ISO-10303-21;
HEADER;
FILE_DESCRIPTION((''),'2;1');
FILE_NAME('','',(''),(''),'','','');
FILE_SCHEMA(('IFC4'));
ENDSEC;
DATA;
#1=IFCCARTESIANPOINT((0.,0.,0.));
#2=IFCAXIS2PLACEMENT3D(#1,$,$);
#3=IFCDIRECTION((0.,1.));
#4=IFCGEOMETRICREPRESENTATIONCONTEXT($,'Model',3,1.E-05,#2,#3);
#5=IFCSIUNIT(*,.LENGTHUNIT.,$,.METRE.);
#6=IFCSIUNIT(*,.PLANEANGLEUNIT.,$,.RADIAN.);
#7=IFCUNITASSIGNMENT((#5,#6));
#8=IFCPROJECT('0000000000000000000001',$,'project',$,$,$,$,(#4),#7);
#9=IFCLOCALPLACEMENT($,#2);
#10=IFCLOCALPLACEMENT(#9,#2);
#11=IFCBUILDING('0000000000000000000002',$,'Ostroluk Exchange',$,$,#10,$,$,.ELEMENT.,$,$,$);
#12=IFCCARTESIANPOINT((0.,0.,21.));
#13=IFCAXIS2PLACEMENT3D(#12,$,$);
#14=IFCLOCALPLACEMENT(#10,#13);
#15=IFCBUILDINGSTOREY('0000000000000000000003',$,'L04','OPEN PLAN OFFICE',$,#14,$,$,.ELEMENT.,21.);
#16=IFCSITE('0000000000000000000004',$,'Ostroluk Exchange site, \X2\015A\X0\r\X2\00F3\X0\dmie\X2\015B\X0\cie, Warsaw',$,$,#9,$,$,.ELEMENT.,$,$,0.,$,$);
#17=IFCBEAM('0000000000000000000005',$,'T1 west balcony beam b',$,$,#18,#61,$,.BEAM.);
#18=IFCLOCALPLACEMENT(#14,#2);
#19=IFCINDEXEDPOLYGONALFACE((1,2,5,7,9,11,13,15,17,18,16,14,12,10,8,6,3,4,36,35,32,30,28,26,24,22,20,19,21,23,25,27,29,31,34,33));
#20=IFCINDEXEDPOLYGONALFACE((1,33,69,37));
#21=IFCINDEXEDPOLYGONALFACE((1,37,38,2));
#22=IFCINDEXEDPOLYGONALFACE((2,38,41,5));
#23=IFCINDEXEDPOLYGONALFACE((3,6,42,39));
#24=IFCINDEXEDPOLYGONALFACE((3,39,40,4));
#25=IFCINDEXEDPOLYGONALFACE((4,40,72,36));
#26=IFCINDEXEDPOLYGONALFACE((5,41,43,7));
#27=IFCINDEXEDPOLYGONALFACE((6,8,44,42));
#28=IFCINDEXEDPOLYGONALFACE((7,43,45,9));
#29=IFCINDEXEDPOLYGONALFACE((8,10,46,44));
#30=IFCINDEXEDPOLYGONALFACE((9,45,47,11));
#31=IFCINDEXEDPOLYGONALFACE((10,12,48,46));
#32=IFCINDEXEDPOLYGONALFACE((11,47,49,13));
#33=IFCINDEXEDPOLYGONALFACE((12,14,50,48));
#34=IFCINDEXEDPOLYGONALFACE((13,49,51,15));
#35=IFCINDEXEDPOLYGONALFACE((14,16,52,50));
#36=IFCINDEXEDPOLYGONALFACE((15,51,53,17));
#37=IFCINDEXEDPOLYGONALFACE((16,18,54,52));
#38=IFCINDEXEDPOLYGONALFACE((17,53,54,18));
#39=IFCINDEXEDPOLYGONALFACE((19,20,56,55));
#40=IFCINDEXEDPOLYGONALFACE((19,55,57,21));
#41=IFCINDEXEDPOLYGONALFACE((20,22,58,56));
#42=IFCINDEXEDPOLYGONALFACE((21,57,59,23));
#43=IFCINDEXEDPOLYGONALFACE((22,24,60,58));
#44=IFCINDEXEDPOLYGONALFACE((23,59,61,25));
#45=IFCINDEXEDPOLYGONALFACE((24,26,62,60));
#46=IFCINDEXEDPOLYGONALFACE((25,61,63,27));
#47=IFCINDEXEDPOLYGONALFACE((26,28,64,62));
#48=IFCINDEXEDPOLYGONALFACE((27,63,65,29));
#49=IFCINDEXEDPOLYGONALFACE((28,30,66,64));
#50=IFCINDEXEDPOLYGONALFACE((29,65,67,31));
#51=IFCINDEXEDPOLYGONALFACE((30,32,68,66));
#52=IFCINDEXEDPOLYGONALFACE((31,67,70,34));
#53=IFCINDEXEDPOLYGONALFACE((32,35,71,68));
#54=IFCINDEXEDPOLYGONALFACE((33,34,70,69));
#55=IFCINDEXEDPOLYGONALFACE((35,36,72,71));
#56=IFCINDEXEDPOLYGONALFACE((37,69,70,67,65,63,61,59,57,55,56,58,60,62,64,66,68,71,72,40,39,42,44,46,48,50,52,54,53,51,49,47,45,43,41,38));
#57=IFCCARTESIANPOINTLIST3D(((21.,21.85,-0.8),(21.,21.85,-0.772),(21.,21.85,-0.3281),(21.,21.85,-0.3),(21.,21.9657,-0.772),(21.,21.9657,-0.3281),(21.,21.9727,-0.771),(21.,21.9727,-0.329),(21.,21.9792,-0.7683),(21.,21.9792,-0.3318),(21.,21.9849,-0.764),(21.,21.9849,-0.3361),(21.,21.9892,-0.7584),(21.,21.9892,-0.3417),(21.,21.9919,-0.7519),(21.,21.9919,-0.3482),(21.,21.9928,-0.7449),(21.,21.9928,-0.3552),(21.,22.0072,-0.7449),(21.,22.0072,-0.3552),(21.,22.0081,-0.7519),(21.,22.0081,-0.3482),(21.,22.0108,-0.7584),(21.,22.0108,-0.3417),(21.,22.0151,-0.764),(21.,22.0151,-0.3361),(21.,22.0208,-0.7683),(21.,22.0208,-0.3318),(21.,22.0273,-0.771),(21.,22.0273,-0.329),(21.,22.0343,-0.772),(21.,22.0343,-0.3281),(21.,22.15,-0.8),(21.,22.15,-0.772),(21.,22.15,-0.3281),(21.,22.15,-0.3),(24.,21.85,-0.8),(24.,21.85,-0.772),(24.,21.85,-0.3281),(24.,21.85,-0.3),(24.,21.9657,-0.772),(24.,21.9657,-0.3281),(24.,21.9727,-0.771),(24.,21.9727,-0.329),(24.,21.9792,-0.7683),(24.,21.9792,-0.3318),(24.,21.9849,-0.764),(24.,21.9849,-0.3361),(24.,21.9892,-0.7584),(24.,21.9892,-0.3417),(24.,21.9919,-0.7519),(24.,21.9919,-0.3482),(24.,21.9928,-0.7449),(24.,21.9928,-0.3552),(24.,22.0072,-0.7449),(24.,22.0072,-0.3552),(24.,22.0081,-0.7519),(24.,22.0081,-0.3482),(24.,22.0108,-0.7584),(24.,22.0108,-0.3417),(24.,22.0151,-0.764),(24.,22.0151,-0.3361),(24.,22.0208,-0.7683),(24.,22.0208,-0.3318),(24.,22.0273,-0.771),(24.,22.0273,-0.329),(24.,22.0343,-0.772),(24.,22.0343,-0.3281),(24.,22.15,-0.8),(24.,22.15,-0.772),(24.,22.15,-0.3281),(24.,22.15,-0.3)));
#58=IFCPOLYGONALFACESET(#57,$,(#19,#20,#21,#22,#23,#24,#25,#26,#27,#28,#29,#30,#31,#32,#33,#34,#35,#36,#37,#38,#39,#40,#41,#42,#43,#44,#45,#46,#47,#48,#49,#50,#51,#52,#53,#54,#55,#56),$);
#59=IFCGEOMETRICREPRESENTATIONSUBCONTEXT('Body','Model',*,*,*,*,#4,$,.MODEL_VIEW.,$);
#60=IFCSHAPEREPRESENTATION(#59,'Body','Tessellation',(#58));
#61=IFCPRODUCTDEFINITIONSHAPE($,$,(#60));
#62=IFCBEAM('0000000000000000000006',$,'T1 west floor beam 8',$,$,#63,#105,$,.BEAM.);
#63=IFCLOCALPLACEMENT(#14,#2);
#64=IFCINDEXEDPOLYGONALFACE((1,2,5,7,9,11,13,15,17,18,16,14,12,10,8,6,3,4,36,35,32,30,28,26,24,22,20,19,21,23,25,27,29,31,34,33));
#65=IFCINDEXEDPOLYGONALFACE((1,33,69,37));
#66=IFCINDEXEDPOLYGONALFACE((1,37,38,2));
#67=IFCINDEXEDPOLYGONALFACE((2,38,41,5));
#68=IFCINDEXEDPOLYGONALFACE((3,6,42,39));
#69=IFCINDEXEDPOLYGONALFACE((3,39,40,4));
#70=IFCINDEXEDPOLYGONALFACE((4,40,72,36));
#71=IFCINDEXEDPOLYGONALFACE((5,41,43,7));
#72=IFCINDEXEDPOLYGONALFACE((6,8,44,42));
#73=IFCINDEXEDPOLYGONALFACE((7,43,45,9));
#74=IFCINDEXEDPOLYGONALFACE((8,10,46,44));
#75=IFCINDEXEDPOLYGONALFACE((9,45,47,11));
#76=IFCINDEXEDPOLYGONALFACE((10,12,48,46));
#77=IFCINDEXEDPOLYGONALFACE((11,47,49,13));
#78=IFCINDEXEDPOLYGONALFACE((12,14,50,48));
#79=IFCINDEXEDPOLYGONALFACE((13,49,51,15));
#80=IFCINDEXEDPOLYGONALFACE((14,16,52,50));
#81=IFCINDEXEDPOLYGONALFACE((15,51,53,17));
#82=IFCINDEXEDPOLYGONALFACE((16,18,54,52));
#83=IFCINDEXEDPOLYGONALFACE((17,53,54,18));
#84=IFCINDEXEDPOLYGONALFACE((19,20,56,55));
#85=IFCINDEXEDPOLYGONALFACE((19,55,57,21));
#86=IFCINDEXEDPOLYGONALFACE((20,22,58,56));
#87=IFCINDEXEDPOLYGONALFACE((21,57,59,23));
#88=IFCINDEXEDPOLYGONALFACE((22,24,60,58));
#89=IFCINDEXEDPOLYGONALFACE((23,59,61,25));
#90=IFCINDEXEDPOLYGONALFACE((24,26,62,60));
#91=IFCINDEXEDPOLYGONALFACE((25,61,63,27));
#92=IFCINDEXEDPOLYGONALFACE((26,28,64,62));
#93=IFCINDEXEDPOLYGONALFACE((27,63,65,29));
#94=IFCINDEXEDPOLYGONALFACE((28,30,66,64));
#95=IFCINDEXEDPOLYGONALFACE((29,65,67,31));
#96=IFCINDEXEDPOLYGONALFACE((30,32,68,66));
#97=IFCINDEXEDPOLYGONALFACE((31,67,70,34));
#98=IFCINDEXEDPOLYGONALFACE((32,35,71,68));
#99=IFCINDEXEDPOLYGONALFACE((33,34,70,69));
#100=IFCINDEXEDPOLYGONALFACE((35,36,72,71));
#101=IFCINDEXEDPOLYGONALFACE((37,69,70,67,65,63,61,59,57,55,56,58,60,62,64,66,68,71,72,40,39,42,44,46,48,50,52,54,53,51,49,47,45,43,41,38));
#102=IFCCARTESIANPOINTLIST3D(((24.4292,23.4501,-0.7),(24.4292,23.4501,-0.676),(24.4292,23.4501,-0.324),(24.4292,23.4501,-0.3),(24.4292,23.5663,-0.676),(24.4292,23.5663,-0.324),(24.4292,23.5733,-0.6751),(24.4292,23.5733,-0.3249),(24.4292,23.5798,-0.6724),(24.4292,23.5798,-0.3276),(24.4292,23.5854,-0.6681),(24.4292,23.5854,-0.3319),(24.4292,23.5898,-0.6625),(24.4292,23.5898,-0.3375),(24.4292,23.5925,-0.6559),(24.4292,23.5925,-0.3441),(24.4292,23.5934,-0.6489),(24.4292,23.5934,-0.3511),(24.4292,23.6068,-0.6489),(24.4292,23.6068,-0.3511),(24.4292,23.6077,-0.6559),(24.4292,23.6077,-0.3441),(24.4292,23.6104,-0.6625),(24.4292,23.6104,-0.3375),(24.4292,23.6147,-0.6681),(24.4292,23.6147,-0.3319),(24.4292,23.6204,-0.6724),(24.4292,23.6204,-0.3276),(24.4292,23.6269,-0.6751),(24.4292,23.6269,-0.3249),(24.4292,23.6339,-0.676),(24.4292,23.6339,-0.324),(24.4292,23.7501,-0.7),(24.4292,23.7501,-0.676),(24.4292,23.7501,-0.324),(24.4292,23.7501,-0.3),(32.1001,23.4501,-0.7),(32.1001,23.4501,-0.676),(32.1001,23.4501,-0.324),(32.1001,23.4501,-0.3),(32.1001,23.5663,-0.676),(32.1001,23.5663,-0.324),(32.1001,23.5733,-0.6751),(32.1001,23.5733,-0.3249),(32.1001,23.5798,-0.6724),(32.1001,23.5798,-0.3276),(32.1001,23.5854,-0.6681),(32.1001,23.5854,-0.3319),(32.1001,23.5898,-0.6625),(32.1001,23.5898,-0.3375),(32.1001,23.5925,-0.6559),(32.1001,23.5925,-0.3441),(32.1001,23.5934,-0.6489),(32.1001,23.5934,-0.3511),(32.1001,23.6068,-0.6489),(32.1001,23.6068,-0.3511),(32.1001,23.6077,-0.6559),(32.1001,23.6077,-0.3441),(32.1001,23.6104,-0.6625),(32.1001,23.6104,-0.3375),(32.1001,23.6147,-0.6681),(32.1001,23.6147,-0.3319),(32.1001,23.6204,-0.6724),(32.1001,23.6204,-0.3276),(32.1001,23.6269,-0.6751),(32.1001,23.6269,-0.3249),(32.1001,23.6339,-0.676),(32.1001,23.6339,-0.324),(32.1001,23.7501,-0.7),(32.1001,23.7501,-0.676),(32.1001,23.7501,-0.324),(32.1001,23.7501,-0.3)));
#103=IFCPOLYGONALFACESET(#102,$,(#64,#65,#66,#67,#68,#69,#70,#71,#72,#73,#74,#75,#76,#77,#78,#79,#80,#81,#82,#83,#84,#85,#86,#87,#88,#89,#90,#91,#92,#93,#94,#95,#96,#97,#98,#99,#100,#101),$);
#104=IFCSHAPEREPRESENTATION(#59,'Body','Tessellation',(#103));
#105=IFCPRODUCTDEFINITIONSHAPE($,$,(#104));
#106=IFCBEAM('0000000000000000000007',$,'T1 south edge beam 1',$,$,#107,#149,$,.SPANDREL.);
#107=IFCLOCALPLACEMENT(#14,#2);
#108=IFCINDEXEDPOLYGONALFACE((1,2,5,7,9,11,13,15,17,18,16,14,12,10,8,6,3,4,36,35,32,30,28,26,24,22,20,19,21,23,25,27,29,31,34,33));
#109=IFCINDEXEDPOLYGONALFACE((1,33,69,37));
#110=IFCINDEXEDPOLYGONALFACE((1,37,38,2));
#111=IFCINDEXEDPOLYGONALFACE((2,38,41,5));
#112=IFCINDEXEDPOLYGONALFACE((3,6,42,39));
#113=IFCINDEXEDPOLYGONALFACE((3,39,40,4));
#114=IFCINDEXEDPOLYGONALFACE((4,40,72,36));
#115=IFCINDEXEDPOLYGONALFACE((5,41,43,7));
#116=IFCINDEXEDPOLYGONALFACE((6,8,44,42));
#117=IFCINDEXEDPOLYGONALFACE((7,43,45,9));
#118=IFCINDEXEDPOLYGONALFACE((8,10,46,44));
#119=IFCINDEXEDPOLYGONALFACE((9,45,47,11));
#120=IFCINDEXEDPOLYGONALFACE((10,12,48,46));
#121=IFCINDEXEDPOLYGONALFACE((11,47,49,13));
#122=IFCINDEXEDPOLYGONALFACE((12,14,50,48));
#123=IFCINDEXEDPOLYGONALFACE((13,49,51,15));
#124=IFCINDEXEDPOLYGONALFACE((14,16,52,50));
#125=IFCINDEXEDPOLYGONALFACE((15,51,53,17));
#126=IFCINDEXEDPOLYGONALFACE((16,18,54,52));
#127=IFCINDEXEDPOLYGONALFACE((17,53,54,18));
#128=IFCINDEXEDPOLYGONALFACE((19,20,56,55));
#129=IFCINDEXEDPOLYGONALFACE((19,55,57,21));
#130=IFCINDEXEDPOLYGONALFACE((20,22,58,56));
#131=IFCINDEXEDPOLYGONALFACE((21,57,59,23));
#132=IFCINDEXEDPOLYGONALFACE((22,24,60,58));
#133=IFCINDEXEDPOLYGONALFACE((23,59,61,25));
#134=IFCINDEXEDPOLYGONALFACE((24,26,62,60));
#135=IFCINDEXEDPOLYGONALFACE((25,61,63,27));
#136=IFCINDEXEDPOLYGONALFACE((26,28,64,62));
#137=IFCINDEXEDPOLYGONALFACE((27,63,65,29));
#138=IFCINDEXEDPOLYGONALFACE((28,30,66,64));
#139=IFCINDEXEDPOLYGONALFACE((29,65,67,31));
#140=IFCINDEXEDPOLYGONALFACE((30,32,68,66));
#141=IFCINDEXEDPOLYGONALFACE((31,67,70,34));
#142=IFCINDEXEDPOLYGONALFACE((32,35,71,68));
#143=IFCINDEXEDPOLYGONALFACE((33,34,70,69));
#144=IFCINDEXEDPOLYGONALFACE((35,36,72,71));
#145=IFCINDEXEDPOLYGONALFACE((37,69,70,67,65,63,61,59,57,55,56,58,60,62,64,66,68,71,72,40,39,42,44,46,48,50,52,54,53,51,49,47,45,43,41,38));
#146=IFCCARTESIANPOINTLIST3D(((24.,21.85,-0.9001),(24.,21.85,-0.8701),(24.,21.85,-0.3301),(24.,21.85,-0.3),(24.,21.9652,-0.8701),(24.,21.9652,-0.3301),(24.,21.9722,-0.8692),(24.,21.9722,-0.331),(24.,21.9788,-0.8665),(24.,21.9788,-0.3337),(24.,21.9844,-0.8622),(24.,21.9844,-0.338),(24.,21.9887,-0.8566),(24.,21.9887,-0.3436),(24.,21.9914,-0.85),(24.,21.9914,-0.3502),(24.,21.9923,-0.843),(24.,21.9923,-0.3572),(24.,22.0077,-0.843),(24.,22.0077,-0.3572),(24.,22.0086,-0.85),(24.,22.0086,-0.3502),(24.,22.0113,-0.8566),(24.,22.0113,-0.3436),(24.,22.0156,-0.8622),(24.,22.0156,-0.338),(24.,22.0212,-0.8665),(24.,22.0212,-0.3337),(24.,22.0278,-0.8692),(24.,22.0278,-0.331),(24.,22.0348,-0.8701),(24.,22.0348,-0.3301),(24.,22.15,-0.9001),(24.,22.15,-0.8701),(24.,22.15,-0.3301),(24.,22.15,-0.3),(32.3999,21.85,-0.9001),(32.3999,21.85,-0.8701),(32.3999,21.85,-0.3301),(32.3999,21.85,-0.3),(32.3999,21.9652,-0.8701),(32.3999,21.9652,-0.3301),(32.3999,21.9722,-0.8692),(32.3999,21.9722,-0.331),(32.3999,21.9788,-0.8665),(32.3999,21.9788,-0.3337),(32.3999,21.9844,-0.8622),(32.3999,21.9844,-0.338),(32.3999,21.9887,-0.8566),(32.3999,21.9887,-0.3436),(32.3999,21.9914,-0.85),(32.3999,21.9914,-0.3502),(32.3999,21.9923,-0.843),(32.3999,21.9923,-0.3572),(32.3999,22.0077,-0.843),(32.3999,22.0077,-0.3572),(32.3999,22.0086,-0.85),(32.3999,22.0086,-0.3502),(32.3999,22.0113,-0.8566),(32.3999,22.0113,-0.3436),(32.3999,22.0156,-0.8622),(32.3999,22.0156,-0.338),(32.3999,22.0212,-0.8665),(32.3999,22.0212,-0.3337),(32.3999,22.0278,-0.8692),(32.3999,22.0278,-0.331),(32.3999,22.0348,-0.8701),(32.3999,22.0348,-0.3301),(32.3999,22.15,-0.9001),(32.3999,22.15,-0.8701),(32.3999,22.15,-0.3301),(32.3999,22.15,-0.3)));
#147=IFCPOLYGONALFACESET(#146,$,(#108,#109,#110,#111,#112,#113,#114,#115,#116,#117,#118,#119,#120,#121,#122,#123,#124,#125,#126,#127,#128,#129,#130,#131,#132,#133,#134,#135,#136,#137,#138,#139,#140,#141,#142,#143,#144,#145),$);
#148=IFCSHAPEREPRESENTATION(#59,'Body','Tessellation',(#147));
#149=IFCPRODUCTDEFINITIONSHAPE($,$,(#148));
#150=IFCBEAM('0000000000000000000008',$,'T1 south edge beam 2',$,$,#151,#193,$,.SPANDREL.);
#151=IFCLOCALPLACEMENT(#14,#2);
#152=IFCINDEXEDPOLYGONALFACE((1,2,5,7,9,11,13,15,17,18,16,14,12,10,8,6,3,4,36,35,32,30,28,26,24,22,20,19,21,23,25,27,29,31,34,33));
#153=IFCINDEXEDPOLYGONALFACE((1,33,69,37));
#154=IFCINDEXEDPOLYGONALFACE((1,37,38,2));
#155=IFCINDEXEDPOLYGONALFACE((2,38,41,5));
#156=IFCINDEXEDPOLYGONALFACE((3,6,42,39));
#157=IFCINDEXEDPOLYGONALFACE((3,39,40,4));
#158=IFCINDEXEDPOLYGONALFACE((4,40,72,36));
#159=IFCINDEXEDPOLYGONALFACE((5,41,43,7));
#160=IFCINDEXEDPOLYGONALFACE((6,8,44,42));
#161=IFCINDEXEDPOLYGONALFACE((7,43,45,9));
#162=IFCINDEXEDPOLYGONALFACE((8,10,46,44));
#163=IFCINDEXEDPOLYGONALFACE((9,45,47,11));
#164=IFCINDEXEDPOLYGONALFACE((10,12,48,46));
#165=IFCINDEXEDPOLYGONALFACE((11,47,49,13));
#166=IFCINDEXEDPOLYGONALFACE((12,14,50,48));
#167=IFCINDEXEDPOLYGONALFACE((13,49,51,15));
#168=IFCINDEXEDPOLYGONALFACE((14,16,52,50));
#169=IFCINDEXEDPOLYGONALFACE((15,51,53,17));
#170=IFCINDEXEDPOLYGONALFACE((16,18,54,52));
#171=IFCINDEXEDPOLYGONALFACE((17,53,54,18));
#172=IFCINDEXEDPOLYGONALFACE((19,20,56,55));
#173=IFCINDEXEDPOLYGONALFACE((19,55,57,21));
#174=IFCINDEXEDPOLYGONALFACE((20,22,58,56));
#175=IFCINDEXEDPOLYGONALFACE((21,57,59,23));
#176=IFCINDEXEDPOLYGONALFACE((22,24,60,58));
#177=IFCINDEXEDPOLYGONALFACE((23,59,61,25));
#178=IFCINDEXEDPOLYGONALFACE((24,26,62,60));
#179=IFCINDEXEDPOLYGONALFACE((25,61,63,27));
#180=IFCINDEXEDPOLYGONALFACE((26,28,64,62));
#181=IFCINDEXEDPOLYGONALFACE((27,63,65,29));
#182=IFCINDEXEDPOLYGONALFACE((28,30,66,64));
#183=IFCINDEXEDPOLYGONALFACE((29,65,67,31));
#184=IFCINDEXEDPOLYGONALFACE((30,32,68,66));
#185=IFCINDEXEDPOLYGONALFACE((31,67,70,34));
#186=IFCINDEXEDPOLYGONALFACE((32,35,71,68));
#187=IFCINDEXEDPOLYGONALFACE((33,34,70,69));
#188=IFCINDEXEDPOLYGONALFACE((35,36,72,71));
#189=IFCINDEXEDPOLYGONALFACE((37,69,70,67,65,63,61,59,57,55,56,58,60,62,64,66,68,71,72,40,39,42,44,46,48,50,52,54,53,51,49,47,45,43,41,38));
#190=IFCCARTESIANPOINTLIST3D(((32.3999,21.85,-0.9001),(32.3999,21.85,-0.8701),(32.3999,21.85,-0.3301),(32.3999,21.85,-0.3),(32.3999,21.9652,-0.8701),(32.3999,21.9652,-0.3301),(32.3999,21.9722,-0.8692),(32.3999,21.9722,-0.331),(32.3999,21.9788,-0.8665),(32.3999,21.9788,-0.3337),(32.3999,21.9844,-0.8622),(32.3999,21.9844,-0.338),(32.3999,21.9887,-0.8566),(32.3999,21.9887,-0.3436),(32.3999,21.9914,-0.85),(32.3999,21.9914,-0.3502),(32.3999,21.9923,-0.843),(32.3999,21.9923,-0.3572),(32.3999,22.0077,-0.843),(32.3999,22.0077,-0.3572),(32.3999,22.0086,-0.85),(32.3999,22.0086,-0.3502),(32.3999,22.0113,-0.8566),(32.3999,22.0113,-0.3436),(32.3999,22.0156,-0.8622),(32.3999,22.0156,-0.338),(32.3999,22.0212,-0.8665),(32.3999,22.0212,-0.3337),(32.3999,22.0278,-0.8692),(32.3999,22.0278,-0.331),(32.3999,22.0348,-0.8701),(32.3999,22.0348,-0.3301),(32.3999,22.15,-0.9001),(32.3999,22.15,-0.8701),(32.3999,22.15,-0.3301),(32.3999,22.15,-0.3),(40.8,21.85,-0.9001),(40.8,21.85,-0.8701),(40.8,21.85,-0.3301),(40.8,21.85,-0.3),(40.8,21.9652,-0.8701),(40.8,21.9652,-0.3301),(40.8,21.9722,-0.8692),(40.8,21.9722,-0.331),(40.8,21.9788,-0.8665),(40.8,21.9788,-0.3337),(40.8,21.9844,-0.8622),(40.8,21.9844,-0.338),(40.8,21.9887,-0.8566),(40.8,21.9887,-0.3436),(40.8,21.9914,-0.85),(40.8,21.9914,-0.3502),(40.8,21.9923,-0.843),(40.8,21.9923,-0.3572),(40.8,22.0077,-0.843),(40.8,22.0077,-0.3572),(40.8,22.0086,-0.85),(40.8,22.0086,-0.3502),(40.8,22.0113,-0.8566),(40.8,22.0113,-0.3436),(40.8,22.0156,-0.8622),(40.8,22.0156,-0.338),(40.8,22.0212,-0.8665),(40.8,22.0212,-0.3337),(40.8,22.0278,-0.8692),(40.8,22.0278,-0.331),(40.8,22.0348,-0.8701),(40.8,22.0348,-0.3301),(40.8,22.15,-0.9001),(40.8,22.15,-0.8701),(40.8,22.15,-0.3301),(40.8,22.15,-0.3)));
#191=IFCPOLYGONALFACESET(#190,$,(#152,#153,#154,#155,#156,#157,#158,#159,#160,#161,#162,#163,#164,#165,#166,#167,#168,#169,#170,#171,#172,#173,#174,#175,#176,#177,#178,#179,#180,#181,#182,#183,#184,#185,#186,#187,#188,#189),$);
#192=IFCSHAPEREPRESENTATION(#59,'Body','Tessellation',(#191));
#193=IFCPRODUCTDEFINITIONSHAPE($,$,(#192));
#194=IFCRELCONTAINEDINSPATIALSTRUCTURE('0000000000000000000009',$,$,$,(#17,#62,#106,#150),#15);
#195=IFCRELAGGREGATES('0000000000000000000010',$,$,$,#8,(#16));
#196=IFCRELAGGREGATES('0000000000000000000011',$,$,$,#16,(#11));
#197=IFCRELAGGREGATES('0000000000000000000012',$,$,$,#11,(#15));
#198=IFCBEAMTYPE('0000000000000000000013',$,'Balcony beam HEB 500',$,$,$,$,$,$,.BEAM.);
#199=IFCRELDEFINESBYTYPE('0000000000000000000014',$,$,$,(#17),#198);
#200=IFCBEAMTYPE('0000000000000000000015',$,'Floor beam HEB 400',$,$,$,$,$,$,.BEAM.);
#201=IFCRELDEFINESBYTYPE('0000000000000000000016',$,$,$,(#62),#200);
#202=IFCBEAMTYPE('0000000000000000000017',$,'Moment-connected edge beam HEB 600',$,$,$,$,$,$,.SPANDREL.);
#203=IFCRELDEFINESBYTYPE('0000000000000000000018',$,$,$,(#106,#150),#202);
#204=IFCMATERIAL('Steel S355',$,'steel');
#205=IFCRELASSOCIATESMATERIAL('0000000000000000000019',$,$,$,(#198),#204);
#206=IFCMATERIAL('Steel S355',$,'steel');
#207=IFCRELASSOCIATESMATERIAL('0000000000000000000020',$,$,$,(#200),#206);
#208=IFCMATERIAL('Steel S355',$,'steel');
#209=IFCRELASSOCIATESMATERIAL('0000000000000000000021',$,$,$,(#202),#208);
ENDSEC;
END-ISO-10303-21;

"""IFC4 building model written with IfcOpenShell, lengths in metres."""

from ifc_helpers import new_model, si_unit, direction, frame, origin, origin_2d, place, context, subcontext, project, spatial, i_section, extrude, material, material_profile, profile_set, type_object, element, save


model = new_model("IFC4")

# Units and contexts
model_context = context("Model", 3, precision=1e-05, world=origin(), true_north=direction((0.0, 1.0)))
body_context = subcontext(model_context, "Body", "Model", "MODEL_VIEW")
ifc_project = project(units=[si_unit("LENGTHUNIT", "METRE"), si_unit("PLANEANGLEUNIT", "RADIAN")], contexts=[model_context])

# Site, building, storey
site_placement = place(None, origin())
site = spatial("IfcSite", under=ifc_project, at=site_placement, Name="Ostroluk Exchange site, Śródmieście, Warsaw", CompositionType="ELEMENT", RefElevation=0.0)
building_placement = place(site_placement, origin())
building = spatial("IfcBuilding", under=site, at=building_placement, Name="Ostroluk Exchange", CompositionType="ELEMENT")
storey_placement = place(building_placement, frame((0.0, 0.0, 21.0)))
storey = spatial("IfcBuildingStorey", under=building, at=storey_placement, Name="L04", Description="OPEN PLAN OFFICE", CompositionType="ELEMENT", Elevation=21.0)

# Beams
ifc_material_1 = material(Name="Steel S355", Category="steel")
ifc_material_profile_1 = material_profile(ifc_material_1, i_section(OverallWidth=0.3, OverallDepth=0.5, WebThickness=0.0144, FlangeThickness=0.0281, FilletRadius=0.0271, at=origin_2d()), Name="HEB 500")
ifc_profile_set_1 = profile_set([ifc_material_profile_1], Name="Steel S355")
beam_type_1 = type_object("IfcBeamType", Name="Balcony beam HEB 500", PredefinedType="BEAM", material=ifc_profile_set_1)
beam_1_placement = place(storey_placement, frame((24.0, 22.0, -0.55), z_axis=(-1.0, 0.0, 0.0), x_axis=(0.0, -1.0, 0.0)))
element("IfcBeam", 1, at=beam_1_placement, inside=storey, type_object=beam_type_1, Name="T1 west balcony beam b", PredefinedType="BEAM", context=body_context, shape_type="SweptSolid", body=[
    extrude(i_section(OverallWidth=0.3, OverallDepth=0.5, WebThickness=0.0144, FlangeThickness=0.0281, FilletRadius=0.0271, at=origin_2d()), origin(), (0.0, 0.0, 1.0), 3.0),
])
ifc_material_2 = material(Name="Steel S355", Category="steel")
ifc_material_profile_2 = material_profile(ifc_material_2, i_section(OverallWidth=0.3, OverallDepth=0.3999, WebThickness=0.0134, FlangeThickness=0.0239, FilletRadius=0.0271, at=origin_2d()), Name="HEB 400")
ifc_profile_set_2 = profile_set([ifc_material_profile_2], Name="Steel S355")
beam_type_2 = type_object("IfcBeamType", Name="Floor beam HEB 400", PredefinedType="BEAM", material=ifc_profile_set_2)
beam_2_placement = place(storey_placement, frame((32.1001, 23.6001, -0.5), z_axis=(-1.0, 0.0, 0.0), x_axis=(0.0, -1.0, 0.0)))
element("IfcBeam", 2, at=beam_2_placement, inside=storey, type_object=beam_type_2, Name="T1 west floor beam 8", PredefinedType="BEAM", context=body_context, shape_type="SweptSolid", body=[
    extrude(i_section(OverallWidth=0.3, OverallDepth=0.3999, WebThickness=0.0134, FlangeThickness=0.0239, FilletRadius=0.0271, at=origin_2d()), origin(), (0.0, 0.0, 1.0), 7.6709),
])
ifc_material_3 = material(Name="Steel S355", Category="steel")
ifc_material_profile_3 = material_profile(ifc_material_3, i_section(OverallWidth=0.3, OverallDepth=0.6001, WebThickness=0.0154, FlangeThickness=0.03, FilletRadius=0.0271, at=origin_2d()), Name="HEB 600")
ifc_profile_set_3 = profile_set([ifc_material_profile_3], Name="Steel S355")
beam_type_3 = type_object("IfcBeamType", Name="Moment-connected edge beam HEB 600", PredefinedType="SPANDREL", material=ifc_profile_set_3)
beam_3_placement = place(storey_placement, frame((24.0, 22.0, -0.6001), z_axis=(1.0, 0.0, 0.0), x_axis=(0.0, 1.0, 0.0)))
element("IfcBeam", 3, at=beam_3_placement, inside=storey, type_object=beam_type_3, Name="T1 south edge beam 1", PredefinedType="SPANDREL", context=body_context, shape_type="SweptSolid", body=[
    extrude(i_section(OverallWidth=0.3, OverallDepth=0.6001, WebThickness=0.0154, FlangeThickness=0.03, FilletRadius=0.0271, at=origin_2d()), origin(), (0.0, 0.0, 1.0), 8.3999),
])
beam_4_placement = place(storey_placement, frame((32.3999, 22.0, -0.6001), z_axis=(1.0, 0.0, 0.0), x_axis=(0.0, 1.0, 0.0)))
element("IfcBeam", 4, at=beam_4_placement, inside=storey, type_object=beam_type_3, Name="T1 south edge beam 2", PredefinedType="SPANDREL", context=body_context, shape_type="SweptSolid", body=[
    extrude(i_section(OverallWidth=0.3, OverallDepth=0.6001, WebThickness=0.0154, FlangeThickness=0.03, FilletRadius=0.0271, at=origin_2d()), origin(), (0.0, 0.0, 1.0), 8.4001),
])

save(model, "model.ifc")
